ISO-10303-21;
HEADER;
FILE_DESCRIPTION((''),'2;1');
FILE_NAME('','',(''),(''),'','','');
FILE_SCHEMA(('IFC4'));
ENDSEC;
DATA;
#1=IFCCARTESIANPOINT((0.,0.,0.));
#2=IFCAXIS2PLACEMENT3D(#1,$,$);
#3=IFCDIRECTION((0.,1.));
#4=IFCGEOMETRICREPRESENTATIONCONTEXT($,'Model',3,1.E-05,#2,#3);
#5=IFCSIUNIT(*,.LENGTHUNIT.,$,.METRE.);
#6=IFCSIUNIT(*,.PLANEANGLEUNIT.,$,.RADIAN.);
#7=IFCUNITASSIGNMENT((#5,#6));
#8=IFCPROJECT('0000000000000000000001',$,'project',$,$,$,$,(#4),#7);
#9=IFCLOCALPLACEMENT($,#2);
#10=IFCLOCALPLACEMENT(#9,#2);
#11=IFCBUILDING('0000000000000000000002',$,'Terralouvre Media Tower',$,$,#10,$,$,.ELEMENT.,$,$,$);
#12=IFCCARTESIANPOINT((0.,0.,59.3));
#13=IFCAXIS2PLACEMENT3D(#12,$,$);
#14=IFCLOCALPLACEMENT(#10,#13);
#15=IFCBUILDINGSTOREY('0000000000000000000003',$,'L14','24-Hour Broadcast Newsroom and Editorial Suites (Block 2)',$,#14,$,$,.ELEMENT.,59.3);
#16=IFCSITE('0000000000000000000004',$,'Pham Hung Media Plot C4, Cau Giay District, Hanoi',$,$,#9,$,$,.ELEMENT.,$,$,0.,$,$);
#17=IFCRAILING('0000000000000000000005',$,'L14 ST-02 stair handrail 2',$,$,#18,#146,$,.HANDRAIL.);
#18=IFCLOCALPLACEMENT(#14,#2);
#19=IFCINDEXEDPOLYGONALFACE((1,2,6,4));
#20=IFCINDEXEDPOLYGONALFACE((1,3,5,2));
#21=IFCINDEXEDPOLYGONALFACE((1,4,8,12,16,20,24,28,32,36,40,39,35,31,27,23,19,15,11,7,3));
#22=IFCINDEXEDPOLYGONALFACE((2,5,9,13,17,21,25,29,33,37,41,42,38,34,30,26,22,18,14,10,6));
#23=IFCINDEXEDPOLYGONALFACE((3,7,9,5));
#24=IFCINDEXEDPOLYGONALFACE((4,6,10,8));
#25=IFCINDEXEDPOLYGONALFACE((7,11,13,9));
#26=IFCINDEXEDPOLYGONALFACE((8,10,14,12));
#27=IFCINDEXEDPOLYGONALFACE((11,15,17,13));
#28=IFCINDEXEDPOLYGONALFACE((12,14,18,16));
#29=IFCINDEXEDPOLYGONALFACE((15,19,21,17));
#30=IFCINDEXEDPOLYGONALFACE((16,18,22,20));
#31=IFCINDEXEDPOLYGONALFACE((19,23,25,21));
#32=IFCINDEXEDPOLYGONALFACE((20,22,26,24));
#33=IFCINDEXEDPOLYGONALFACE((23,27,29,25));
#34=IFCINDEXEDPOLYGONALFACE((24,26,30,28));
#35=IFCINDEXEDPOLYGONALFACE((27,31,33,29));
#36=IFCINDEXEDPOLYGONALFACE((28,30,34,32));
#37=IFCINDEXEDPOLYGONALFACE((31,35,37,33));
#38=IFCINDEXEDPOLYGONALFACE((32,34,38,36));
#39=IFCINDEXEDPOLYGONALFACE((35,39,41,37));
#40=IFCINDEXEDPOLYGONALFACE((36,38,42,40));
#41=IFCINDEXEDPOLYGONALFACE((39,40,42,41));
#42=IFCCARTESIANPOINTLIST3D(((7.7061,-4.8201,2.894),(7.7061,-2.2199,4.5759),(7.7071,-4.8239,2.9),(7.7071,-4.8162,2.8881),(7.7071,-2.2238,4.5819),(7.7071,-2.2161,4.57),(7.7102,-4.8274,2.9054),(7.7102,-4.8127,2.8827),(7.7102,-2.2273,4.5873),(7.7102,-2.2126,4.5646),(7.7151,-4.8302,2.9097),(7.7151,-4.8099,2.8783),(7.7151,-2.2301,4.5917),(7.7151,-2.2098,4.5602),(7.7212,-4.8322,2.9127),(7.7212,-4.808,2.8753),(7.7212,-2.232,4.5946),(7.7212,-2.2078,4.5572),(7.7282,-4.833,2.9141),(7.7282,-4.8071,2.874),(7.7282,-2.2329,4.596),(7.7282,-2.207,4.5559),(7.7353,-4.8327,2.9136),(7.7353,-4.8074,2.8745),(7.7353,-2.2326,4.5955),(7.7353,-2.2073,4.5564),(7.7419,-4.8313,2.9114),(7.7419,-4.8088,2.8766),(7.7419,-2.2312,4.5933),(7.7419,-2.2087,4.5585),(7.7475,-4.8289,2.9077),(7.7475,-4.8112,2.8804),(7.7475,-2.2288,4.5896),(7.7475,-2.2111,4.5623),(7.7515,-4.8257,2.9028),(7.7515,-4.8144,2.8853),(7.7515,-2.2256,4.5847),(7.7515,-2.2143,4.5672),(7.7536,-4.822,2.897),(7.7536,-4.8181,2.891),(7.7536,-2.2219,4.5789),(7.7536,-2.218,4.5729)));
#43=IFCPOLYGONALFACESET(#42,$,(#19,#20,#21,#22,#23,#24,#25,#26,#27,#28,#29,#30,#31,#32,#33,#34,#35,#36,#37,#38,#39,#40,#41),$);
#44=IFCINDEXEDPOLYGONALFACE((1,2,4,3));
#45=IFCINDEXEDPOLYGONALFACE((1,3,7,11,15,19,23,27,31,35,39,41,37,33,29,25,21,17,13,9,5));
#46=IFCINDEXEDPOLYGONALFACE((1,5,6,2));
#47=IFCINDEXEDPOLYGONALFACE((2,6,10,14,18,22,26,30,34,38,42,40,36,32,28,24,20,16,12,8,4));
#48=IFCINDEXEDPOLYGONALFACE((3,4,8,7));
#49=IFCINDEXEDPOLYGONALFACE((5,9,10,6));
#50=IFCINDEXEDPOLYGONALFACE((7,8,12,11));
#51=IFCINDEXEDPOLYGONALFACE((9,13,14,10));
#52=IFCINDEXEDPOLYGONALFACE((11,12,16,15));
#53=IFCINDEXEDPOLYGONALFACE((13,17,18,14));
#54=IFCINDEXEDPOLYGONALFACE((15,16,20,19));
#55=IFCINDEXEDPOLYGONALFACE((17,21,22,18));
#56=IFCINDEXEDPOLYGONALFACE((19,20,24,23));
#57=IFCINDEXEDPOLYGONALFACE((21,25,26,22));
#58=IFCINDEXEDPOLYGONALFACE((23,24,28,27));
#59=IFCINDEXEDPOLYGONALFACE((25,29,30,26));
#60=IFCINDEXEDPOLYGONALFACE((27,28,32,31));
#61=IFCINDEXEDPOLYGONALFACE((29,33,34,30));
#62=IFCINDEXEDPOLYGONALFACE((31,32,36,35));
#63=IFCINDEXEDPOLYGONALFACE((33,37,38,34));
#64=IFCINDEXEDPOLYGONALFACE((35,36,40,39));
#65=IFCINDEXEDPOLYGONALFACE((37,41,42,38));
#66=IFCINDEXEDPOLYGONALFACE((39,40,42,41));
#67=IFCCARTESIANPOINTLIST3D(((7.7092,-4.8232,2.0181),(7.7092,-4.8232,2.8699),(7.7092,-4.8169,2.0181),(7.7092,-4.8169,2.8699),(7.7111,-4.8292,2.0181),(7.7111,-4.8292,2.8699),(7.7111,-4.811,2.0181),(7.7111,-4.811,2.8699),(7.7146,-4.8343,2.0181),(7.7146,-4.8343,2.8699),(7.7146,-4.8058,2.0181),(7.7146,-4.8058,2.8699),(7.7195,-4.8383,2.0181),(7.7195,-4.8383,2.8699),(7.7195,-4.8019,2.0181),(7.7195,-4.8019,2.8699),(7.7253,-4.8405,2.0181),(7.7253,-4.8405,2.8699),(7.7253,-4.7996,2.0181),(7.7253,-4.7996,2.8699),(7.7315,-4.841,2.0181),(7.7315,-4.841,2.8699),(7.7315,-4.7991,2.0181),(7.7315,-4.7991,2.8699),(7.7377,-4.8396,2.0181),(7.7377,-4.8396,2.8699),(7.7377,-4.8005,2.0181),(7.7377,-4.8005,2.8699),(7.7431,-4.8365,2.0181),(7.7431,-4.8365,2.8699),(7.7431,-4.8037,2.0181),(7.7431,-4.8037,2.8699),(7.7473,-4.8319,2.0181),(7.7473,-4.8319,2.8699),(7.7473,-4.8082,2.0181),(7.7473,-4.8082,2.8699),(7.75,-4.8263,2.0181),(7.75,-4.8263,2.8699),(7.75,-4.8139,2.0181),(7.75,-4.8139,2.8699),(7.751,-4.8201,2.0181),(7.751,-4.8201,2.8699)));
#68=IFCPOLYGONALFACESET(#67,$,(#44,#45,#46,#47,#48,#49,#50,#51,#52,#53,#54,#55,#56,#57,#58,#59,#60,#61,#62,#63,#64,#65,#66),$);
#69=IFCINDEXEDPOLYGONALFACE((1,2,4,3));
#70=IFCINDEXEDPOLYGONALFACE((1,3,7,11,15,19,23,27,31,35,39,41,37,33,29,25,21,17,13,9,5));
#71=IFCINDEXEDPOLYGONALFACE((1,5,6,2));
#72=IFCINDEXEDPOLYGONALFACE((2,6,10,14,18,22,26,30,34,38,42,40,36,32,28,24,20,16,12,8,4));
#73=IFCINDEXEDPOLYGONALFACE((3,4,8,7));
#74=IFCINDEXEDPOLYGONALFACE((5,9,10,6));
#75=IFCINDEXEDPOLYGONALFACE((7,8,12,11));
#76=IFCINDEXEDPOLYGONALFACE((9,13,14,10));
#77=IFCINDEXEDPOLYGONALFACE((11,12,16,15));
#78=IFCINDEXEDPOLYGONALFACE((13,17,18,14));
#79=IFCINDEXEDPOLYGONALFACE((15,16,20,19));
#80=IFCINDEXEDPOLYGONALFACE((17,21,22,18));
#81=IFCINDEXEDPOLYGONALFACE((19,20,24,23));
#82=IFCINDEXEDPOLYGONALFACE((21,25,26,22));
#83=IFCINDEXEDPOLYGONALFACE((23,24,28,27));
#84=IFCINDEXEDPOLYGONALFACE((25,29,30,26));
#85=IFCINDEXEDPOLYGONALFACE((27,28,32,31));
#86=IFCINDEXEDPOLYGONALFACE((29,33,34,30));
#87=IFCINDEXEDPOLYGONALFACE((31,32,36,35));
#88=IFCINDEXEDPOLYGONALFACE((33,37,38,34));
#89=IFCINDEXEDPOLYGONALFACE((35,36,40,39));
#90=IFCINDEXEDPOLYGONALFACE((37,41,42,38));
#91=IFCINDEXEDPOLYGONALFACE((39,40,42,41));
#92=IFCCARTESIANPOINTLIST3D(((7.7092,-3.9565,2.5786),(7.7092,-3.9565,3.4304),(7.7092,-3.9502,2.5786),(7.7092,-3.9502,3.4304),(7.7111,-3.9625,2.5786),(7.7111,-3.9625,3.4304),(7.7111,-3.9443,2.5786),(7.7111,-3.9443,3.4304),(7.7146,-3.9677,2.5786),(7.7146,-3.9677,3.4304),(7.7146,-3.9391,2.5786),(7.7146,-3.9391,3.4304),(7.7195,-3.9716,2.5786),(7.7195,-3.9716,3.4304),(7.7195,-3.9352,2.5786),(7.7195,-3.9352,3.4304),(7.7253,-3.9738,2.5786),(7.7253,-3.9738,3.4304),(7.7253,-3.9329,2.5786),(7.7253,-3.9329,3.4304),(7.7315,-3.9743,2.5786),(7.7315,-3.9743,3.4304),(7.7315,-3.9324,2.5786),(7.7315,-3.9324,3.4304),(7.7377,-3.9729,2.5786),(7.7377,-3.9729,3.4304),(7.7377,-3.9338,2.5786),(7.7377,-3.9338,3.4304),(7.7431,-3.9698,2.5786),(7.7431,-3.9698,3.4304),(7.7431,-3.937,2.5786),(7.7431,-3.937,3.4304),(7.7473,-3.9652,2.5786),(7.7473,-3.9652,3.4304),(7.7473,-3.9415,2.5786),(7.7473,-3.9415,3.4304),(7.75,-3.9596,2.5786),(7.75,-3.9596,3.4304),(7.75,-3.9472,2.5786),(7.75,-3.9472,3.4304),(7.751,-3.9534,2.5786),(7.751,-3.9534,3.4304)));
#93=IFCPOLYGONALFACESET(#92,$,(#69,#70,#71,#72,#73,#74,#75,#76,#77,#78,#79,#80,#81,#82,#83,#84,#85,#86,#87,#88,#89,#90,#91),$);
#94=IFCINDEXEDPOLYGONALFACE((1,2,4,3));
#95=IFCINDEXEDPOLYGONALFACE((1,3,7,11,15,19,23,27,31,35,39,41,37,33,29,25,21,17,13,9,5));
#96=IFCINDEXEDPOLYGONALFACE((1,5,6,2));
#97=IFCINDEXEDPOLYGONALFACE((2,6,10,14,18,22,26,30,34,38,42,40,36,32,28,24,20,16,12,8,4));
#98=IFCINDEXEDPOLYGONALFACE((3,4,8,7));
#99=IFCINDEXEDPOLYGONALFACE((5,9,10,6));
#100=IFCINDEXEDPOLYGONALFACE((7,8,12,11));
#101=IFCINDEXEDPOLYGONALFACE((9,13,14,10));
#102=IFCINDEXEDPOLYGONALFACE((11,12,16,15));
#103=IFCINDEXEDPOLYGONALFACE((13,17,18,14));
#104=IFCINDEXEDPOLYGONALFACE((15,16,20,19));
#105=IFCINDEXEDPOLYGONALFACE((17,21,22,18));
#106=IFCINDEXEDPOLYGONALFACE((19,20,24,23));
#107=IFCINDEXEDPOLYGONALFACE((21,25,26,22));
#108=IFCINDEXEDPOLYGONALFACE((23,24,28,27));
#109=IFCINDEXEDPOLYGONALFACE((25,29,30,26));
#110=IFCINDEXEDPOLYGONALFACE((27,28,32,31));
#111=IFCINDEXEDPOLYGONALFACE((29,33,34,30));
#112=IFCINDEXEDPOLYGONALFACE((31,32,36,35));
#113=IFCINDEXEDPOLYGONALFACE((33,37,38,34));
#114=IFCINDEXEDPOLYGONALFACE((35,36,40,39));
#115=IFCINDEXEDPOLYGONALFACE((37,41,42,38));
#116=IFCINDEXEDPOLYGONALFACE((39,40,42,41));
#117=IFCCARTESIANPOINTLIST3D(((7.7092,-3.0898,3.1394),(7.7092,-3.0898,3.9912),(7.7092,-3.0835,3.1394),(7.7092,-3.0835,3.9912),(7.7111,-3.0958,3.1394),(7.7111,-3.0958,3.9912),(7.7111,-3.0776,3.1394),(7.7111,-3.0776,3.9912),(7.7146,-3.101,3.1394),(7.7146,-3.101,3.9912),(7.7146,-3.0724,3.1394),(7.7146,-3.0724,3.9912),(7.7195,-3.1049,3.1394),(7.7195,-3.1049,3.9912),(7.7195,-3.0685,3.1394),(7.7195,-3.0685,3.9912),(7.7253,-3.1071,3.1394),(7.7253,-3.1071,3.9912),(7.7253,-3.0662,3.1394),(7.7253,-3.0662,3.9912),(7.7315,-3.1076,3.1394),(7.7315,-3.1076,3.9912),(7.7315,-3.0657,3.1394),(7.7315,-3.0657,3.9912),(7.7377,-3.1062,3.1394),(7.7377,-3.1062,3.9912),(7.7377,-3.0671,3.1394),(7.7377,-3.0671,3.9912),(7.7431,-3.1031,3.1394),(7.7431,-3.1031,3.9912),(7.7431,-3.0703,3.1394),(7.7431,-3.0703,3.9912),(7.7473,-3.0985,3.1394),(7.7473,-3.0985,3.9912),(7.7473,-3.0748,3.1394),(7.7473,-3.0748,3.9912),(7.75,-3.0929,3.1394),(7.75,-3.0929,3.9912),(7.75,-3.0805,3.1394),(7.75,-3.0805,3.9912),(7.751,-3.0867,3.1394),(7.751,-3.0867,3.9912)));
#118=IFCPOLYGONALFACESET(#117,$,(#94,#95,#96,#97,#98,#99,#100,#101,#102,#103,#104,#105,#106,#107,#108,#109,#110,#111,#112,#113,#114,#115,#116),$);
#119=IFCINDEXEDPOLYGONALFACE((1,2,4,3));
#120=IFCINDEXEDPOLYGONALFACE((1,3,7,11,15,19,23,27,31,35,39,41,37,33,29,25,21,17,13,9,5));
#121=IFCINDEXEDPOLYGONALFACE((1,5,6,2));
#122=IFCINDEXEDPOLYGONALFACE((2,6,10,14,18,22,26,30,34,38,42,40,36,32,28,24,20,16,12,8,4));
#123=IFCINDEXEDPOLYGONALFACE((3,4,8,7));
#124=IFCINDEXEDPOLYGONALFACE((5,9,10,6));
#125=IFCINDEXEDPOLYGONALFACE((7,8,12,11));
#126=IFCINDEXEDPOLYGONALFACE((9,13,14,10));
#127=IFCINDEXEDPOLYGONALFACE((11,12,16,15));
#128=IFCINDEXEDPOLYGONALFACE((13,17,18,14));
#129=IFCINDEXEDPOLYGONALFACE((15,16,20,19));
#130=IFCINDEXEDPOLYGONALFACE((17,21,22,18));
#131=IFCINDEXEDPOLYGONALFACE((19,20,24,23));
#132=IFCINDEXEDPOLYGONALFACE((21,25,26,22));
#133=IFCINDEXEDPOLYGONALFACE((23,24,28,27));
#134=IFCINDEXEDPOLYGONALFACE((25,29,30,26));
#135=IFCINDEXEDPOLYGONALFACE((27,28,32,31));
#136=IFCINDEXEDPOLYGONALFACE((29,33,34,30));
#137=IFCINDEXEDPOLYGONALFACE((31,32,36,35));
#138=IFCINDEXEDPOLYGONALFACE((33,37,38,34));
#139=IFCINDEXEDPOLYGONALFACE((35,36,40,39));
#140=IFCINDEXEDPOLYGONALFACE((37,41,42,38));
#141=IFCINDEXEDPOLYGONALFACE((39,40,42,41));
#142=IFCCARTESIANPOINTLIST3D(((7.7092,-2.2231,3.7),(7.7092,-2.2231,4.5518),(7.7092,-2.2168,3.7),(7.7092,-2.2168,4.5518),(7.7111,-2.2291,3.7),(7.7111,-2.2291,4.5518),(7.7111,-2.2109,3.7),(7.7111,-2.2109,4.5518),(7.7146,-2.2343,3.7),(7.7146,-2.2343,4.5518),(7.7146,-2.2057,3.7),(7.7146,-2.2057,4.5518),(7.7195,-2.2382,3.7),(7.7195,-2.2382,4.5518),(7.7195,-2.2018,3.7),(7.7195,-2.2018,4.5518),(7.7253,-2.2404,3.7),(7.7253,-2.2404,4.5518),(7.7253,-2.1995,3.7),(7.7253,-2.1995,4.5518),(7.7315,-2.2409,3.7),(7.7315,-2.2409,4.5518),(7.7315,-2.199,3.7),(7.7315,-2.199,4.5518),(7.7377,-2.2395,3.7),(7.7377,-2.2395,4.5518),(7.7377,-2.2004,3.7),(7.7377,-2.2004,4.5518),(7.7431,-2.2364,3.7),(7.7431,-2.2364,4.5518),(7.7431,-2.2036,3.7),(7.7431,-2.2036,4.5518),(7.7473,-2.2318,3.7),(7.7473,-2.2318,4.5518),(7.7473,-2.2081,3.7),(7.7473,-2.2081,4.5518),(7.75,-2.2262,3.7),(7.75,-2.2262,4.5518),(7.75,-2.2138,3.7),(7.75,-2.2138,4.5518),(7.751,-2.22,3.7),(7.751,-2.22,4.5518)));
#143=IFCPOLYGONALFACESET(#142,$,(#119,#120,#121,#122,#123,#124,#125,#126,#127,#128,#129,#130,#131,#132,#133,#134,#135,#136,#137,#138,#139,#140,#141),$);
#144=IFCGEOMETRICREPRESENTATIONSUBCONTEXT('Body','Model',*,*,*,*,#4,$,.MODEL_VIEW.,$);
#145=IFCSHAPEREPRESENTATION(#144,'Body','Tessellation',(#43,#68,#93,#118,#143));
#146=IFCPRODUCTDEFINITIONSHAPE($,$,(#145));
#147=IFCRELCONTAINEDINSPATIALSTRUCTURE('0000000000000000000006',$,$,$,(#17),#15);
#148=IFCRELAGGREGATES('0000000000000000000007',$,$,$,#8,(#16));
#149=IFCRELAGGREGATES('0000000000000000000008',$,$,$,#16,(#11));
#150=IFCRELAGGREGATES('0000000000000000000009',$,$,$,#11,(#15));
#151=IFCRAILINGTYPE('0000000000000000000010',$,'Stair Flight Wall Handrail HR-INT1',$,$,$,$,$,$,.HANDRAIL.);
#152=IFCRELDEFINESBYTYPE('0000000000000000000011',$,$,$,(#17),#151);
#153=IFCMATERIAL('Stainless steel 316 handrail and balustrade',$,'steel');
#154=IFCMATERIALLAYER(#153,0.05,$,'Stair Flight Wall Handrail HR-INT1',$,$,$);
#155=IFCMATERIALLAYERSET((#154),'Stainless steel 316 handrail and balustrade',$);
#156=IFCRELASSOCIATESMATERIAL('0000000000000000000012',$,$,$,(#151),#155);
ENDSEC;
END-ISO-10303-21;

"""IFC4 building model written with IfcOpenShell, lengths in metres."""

from ifc_helpers import new_model, si_unit, direction, frame, origin, origin_2d, place, context, subcontext, project, spatial, circle, extrude, material, layer, layer_set, type_object, element, save


model = new_model("IFC4")

# Units and contexts
model_context = context("Model", 3, precision=1e-05, world=origin(), true_north=direction((0.0, 1.0)))
body_context = subcontext(model_context, "Body", "Model", "MODEL_VIEW")
ifc_project = project(units=[si_unit("LENGTHUNIT", "METRE"), si_unit("PLANEANGLEUNIT", "RADIAN")], contexts=[model_context])

# Site, building, storey
site_placement = place(None, origin())
site = spatial("IfcSite", under=ifc_project, at=site_placement, Name="Pham Hung Media Plot C4, Cau Giay District, Hanoi", CompositionType="ELEMENT", RefElevation=0.0)
building_placement = place(site_placement, origin())
building = spatial("IfcBuilding", under=site, at=building_placement, Name="Terralouvre Media Tower", CompositionType="ELEMENT")
storey_placement = place(building_placement, frame((0.0, 0.0, 59.3)))
storey = spatial("IfcBuildingStorey", under=building, at=storey_placement, Name="L14", Description="24-Hour Broadcast Newsroom and Editorial Suites (Block 2)", CompositionType="ELEMENT", Elevation=59.3)

# Railing
ifc_material_1 = material(Name="Stainless steel 316 handrail and balustrade", Category="steel")
ifc_layer_1 = layer(ifc_material_1, 0.05, Name="Stair Flight Wall Handrail HR-INT1")
ifc_layer_set_1 = layer_set([ifc_layer_1], Name="Stainless steel 316 handrail and balustrade")
railing_type_1 = type_object("IfcRailingType", Name="Stair Flight Wall Handrail HR-INT1", PredefinedType="HANDRAIL", material=ifc_layer_set_1)
railing_1_placement = place(storey_placement, frame((7.73, -4.8201, 2.0181)))
element("IfcRailing", 1, at=railing_1_placement, inside=storey, type_object=railing_type_1, Name="L14 ST-02 stair handrail 2", PredefinedType="HANDRAIL", context=body_context, shape_type="SweptSolid", body=[
    extrude(circle(Radius=0.0239, at=origin_2d()), frame((0.0, 0.0, 0.876), z_axis=(0.0, 0.839648, 0.54313), x_axis=(-1.0, 0.0, 0.0)), (0.0, 0.0, 1.0), 3.0967),
    extrude(circle(Radius=0.021, at=origin_2d()), origin(), (0.0, 0.0, 1.0), 0.8518),
    extrude(circle(Radius=0.021, at=origin_2d()), frame((0.0, 0.8667, 0.5605)), (0.0, 0.0, 1.0), 0.8518),
    extrude(circle(Radius=0.021, at=origin_2d()), frame((0.0, 1.7334, 1.1213)), (0.0, 0.0, 1.0), 0.8518),
    extrude(circle(Radius=0.021, at=origin_2d()), frame((0.0, 2.6001, 1.6819)), (0.0, 0.0, 1.0), 0.8518),
])

save(model, "model.ifc")
